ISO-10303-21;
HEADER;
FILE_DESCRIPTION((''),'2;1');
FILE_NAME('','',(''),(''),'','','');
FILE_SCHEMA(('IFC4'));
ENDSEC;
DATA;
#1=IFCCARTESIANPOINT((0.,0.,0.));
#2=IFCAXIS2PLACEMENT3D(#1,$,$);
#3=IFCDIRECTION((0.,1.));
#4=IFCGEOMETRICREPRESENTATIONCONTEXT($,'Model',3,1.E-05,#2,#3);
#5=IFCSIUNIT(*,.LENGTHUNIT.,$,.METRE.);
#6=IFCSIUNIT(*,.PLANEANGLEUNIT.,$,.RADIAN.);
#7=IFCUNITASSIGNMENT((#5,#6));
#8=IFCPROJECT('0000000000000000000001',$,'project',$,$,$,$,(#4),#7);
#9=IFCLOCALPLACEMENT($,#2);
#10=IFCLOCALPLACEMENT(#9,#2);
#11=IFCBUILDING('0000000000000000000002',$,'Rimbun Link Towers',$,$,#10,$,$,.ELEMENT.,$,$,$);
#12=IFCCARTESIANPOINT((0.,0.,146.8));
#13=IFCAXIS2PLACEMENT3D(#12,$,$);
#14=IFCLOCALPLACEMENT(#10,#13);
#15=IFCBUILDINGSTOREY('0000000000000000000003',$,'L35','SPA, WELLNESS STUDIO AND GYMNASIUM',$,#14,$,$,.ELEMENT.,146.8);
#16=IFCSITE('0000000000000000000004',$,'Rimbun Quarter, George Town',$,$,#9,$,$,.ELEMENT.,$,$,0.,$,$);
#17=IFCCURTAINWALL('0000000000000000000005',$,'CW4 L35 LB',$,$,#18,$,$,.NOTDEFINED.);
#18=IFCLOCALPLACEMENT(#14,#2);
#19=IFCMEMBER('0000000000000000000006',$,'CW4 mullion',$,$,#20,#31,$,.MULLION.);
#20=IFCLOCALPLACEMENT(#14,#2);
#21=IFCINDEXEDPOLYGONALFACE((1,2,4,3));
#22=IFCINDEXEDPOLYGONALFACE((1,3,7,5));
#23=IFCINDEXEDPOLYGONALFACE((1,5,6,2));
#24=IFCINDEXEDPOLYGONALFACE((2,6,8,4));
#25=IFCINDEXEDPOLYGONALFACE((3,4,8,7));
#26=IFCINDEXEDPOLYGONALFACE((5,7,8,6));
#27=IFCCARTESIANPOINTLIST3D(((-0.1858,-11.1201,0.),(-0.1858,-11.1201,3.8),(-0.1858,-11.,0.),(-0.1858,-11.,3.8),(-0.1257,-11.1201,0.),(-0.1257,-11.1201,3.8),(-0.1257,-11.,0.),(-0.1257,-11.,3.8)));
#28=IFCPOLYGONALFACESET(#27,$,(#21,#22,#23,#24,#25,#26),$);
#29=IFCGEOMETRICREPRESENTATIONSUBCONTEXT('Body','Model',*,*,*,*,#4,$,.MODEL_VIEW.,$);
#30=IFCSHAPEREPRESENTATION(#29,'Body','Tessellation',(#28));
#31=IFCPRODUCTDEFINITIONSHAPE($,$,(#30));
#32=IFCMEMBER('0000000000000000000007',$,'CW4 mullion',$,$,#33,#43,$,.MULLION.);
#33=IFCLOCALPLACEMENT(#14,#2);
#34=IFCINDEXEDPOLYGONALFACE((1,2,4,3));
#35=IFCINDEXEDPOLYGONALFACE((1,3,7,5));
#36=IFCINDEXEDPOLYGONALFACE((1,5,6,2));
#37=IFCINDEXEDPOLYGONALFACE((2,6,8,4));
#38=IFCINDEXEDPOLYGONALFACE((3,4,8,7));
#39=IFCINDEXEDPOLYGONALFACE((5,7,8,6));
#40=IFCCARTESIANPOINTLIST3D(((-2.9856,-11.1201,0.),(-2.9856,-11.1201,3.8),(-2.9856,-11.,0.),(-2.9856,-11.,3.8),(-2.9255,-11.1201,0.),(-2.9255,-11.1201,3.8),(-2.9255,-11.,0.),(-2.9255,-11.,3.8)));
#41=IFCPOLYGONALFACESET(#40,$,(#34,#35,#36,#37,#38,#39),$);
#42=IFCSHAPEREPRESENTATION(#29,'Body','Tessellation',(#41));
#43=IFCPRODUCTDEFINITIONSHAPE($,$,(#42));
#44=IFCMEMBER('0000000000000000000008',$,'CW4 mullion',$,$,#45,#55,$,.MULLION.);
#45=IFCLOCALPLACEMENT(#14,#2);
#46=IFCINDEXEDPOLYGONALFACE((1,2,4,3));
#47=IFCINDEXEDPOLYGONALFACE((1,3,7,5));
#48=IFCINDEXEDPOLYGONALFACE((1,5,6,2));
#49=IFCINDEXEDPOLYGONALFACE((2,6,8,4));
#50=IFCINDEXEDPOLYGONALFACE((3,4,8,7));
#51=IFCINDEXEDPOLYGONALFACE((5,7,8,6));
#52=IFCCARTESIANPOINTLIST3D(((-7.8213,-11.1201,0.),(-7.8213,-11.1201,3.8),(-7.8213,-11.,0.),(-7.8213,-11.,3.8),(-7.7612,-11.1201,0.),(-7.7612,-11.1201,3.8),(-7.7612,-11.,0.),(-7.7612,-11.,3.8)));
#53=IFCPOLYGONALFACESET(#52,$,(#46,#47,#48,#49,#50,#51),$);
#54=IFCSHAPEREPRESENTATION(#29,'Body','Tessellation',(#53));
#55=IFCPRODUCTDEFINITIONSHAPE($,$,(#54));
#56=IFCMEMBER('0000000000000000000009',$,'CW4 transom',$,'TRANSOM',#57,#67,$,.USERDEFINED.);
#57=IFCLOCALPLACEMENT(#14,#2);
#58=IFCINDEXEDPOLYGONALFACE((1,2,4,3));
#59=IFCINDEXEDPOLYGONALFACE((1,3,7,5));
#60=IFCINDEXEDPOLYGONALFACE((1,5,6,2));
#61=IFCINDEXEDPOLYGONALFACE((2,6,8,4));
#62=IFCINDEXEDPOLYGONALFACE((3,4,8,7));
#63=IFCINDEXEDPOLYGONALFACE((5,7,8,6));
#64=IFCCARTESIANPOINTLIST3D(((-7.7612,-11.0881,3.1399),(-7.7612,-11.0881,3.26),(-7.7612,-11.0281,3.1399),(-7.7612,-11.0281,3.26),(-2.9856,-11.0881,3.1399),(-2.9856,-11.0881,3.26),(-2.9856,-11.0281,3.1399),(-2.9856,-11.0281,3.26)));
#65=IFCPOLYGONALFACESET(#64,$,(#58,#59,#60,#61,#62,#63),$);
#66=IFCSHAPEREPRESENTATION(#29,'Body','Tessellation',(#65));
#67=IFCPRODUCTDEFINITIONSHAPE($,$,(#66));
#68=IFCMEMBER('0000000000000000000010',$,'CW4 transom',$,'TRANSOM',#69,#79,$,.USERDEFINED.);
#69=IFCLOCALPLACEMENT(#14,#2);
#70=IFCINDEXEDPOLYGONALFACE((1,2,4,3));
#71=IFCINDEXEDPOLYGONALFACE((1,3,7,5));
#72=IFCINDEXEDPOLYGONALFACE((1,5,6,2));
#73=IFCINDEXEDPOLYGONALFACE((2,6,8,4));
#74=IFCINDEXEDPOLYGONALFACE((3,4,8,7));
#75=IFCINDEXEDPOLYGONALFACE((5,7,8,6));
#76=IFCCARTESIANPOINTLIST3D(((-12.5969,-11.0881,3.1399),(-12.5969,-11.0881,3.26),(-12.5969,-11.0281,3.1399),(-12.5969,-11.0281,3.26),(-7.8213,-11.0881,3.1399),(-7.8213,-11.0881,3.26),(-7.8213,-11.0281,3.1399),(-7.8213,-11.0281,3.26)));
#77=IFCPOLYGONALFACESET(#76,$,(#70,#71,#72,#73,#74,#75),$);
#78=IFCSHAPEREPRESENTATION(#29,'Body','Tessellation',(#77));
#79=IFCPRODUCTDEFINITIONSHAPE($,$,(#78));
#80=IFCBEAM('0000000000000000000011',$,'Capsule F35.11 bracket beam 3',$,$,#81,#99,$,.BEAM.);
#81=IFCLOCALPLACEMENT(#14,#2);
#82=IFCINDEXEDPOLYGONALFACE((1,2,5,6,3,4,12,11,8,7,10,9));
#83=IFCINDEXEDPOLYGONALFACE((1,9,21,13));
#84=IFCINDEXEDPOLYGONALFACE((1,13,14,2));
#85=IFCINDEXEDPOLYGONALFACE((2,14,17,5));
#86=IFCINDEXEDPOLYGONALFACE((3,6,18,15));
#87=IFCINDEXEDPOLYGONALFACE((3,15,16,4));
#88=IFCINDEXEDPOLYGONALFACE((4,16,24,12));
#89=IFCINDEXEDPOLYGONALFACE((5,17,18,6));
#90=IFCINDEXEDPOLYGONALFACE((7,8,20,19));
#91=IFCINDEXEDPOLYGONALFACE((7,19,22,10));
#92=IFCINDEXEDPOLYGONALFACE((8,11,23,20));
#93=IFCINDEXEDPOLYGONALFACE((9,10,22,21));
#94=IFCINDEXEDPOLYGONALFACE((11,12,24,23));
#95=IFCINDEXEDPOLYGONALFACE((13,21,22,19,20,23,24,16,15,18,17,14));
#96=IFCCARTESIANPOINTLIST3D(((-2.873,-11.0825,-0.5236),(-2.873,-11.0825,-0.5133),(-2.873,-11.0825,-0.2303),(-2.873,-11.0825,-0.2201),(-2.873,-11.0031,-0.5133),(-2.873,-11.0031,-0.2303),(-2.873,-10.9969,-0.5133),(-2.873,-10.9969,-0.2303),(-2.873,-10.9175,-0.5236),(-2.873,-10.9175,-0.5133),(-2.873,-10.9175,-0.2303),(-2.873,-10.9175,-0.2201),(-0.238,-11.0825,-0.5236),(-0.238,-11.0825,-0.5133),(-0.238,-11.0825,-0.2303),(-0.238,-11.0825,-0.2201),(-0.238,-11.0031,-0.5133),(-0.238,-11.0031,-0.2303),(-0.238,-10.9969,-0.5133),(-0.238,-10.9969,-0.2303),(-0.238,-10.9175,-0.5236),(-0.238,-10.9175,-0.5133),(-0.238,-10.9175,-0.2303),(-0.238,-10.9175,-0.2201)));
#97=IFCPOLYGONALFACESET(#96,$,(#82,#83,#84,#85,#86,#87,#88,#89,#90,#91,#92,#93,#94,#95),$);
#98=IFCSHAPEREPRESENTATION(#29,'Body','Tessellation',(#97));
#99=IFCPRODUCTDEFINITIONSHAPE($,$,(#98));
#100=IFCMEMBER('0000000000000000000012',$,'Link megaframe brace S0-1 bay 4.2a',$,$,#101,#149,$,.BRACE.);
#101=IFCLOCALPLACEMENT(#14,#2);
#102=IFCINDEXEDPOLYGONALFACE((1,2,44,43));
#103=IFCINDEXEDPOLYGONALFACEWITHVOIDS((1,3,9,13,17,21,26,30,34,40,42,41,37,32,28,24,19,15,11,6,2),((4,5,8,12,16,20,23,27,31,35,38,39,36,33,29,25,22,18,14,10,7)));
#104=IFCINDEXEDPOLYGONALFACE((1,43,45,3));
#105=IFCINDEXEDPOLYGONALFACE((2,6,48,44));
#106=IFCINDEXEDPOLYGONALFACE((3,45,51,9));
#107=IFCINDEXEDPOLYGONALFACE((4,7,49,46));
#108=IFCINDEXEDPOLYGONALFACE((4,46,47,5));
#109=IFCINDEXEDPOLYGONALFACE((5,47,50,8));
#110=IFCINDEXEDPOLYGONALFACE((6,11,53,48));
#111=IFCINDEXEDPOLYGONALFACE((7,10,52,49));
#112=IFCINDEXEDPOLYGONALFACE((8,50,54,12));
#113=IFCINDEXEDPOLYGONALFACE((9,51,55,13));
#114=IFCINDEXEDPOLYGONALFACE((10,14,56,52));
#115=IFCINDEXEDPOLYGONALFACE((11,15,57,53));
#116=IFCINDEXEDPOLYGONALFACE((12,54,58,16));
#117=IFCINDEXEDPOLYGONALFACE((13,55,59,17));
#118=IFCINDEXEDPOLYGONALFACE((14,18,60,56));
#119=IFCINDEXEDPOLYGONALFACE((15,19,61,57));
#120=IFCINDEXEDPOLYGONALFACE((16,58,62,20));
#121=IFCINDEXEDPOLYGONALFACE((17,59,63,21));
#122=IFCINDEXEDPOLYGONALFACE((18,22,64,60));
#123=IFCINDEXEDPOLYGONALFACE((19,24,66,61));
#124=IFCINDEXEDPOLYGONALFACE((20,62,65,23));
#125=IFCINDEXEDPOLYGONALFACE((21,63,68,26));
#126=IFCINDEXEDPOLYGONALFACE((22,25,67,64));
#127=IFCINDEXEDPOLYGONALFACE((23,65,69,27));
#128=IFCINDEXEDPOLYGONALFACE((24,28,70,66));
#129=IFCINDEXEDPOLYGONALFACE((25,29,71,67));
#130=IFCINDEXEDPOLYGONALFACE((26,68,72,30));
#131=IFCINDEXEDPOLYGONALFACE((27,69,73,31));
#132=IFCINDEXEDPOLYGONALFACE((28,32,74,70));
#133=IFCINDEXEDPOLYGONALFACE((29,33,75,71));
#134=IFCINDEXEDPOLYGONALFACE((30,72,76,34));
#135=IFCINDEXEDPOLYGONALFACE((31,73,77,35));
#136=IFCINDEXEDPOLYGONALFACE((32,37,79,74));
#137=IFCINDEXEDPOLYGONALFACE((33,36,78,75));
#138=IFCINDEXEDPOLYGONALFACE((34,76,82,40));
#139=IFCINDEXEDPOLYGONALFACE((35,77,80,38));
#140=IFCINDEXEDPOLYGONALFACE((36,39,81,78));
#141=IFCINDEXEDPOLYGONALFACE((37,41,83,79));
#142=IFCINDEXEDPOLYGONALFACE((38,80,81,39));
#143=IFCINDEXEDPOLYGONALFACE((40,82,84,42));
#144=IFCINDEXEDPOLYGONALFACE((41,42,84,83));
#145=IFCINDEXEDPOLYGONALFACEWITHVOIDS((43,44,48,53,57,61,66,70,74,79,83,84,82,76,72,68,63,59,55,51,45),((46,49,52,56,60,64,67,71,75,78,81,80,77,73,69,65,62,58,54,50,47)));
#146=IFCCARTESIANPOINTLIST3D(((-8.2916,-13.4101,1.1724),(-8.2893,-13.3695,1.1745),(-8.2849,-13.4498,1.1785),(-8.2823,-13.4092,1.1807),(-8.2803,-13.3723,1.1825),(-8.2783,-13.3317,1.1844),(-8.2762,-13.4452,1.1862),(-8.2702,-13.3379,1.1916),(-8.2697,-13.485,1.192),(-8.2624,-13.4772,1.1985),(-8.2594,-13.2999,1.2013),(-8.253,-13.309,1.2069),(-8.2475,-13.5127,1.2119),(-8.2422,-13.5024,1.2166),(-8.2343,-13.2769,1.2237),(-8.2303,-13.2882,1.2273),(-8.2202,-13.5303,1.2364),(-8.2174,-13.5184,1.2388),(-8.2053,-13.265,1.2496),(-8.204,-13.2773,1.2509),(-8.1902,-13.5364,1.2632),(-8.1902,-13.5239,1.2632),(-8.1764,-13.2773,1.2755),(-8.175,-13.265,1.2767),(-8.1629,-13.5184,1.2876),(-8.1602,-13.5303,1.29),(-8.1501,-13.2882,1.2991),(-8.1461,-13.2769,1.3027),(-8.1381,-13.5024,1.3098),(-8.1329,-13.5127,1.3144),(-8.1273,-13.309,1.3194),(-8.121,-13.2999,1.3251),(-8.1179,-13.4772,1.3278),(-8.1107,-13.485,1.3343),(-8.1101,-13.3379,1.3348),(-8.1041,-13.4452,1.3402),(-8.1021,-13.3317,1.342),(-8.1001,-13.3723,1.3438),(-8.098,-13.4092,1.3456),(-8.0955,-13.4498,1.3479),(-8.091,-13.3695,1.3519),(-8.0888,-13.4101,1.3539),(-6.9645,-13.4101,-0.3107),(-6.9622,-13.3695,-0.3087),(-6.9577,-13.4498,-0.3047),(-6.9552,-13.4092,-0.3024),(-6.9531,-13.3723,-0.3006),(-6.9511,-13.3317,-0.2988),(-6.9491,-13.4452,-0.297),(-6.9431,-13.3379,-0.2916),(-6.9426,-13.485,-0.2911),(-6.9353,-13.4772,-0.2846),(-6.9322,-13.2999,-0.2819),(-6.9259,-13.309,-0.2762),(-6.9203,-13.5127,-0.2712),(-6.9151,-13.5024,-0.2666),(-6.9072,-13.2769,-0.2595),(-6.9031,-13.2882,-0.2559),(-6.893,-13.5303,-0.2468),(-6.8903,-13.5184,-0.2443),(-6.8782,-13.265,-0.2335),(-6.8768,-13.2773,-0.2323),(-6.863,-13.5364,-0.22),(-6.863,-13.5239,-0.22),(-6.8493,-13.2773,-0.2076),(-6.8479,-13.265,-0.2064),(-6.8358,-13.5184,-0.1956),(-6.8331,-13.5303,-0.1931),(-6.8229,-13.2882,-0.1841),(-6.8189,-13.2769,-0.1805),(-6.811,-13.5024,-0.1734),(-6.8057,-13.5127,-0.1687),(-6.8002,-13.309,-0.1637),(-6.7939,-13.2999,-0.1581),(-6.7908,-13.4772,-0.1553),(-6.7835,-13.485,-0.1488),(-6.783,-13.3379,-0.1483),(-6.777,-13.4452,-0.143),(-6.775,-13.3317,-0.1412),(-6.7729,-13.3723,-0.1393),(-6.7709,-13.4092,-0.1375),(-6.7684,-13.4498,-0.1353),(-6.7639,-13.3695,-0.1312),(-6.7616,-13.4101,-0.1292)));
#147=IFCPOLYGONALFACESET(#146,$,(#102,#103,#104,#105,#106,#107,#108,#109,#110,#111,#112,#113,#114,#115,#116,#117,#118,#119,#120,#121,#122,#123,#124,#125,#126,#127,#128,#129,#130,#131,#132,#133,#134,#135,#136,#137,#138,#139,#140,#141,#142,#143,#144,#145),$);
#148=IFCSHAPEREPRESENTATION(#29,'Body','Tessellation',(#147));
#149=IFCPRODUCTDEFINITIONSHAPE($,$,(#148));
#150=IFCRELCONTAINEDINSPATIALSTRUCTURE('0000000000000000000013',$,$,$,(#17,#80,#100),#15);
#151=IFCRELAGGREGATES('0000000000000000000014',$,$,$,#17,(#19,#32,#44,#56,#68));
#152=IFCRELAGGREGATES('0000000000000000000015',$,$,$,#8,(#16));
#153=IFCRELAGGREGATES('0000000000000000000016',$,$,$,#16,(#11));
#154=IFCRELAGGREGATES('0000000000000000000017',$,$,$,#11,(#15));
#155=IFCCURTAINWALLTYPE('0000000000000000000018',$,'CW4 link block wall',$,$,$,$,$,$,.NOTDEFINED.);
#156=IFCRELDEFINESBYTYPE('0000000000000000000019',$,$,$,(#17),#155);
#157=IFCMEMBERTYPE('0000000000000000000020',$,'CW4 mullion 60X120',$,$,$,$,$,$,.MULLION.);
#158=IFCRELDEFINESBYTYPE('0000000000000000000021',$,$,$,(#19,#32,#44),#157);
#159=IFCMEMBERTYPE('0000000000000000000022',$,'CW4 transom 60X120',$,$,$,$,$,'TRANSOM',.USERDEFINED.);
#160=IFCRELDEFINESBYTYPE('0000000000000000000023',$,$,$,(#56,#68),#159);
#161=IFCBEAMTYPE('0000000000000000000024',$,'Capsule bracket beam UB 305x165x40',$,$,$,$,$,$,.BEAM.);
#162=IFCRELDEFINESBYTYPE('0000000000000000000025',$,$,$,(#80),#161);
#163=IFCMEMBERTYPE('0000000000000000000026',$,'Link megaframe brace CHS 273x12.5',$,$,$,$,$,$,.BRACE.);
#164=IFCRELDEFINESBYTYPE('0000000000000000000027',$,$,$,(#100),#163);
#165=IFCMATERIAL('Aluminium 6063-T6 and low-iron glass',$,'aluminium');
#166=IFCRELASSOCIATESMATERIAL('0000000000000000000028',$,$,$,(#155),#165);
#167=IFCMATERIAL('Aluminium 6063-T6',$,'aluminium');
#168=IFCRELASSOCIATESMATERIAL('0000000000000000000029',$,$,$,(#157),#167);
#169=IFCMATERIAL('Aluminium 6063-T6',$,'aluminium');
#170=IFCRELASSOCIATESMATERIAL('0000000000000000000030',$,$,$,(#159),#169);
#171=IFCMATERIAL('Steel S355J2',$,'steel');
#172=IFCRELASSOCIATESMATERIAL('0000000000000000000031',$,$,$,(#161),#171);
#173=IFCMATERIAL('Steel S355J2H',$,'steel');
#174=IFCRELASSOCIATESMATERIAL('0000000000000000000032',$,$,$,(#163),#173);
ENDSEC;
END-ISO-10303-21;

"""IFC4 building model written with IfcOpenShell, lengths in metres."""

from ifc_helpers import new_model, si_unit, direction, frame, origin, origin_2d, place, context, subcontext, project, spatial, rectangle, hollow_circle, i_section, extrude, material, material_profile, profile_set, type_object, element, aggregate, save


model = new_model("IFC4")

# Units and contexts
model_context = context("Model", 3, precision=1e-05, world=origin(), true_north=direction((0.0, 1.0)))
body_context = subcontext(model_context, "Body", "Model", "MODEL_VIEW")
ifc_project = project(units=[si_unit("LENGTHUNIT", "METRE"), si_unit("PLANEANGLEUNIT", "RADIAN")], contexts=[model_context])

# Site, building, storey
site_placement = place(None, origin())
site = spatial("IfcSite", under=ifc_project, at=site_placement, Name="Rimbun Quarter, George Town", CompositionType="ELEMENT", RefElevation=0.0)
building_placement = place(site_placement, origin())
building = spatial("IfcBuilding", under=site, at=building_placement, Name="Rimbun Link Towers", CompositionType="ELEMENT")
storey_placement = place(building_placement, frame((0.0, 0.0, 146.8)))
storey = spatial("IfcBuildingStorey", under=building, at=storey_placement, Name="L35", Description="SPA, WELLNESS STUDIO AND GYMNASIUM", CompositionType="ELEMENT", Elevation=146.8)

# Curtain wall, members
ifc_material_1 = material(Name="Aluminium 6063-T6 and low-iron glass", Category="aluminium")
curtain_wall_type = type_object("IfcCurtainWallType", Name="CW4 link block wall", PredefinedType="NOTDEFINED", material=ifc_material_1)
curtain_wall_placement = place(storey_placement, origin())
curtain_wall = element("IfcCurtainWall", 1, at=curtain_wall_placement, inside=storey, type_object=curtain_wall_type, Name="CW4 L35 LB", PredefinedType="NOTDEFINED")
ifc_material_2 = material(Name="Aluminium 6063-T6", Category="aluminium")
ifc_material_profile_1 = material_profile(ifc_material_2, rectangle(XDim=0.1201, YDim=0.0601, at=origin_2d()), Name="MULLION 60X120")
ifc_profile_set_1 = profile_set([ifc_material_profile_1], Name="Aluminium 6063-T6")
member_type_1 = type_object("IfcMemberType", Name="CW4 mullion 60X120", PredefinedType="MULLION", material=ifc_profile_set_1)
member_1_placement = place(storey_placement, frame((-0.1558, -11.0601, 0.0), z_axis=(0.0, 0.0, 1.0), x_axis=(0.0, -1.0, 0.0)))
member_1 = element("IfcMember", 2, at=member_1_placement, type_object=member_type_1, Name="CW4 mullion", PredefinedType="MULLION", context=body_context, shape_type="SweptSolid", body=[
    extrude(rectangle(XDim=0.1201, YDim=0.0601, at=origin_2d()), origin(), (0.0, 0.0, 1.0), 3.8),
])
member_2_placement = place(storey_placement, frame((-2.9556, -11.0601, 0.0), z_axis=(0.0, 0.0, 1.0), x_axis=(0.0, -1.0, 0.0)))
member_2 = element("IfcMember", 3, at=member_2_placement, type_object=member_type_1, Name="CW4 mullion", PredefinedType="MULLION", context=body_context, shape_type="SweptSolid", body=[
    extrude(rectangle(XDim=0.1201, YDim=0.0601, at=origin_2d()), origin(), (0.0, 0.0, 1.0), 3.8),
])
member_3_placement = place(storey_placement, frame((-7.7913, -11.0601, 0.0), z_axis=(0.0, 0.0, 1.0), x_axis=(0.0, -1.0, 0.0)))
member_3 = element("IfcMember", 4, at=member_3_placement, type_object=member_type_1, Name="CW4 mullion", PredefinedType="MULLION", context=body_context, shape_type="SweptSolid", body=[
    extrude(rectangle(XDim=0.1201, YDim=0.0601, at=origin_2d()), origin(), (0.0, 0.0, 1.0), 3.8),
])
ifc_material_3 = material(Name="Aluminium 6063-T6", Category="aluminium")
ifc_material_profile_2 = material_profile(ifc_material_3, rectangle(XDim=0.0601, YDim=0.1201, at=origin_2d()), Name="TRANSOM 60X120")
ifc_profile_set_2 = profile_set([ifc_material_profile_2], Name="Aluminium 6063-T6")
member_type_2 = type_object("IfcMemberType", Name="CW4 transom 60X120", ElementType="TRANSOM", PredefinedType="USERDEFINED", material=ifc_profile_set_2)
member_4_placement = place(storey_placement, frame((-2.9856, -11.0581, 3.2), z_axis=(-1.0, 0.0, 0.0), x_axis=(0.0, -1.0, 0.0)))
member_4 = element("IfcMember", 5, at=member_4_placement, type_object=member_type_2, Name="CW4 transom", ObjectType="TRANSOM", PredefinedType="USERDEFINED", context=body_context, shape_type="SweptSolid", body=[
    extrude(rectangle(XDim=0.0601, YDim=0.1201, at=origin_2d()), origin(), (0.0, 0.0, 1.0), 4.7756),
])
member_5_placement = place(storey_placement, frame((-7.8213, -11.0581, 3.2), z_axis=(-1.0, 0.0, 0.0), x_axis=(0.0, -1.0, 0.0)))
member_5 = element("IfcMember", 6, at=member_5_placement, type_object=member_type_2, Name="CW4 transom", ObjectType="TRANSOM", PredefinedType="USERDEFINED", context=body_context, shape_type="SweptSolid", body=[
    extrude(rectangle(XDim=0.0601, YDim=0.1201, at=origin_2d()), origin(), (0.0, 0.0, 1.0), 4.7756),
])

# Beam
ifc_material_4 = material(Name="Steel S355J2", Category="steel")
ifc_material_profile_3 = material_profile(ifc_material_4, i_section(OverallWidth=0.165, OverallDepth=0.3035, WebThickness=0.0061, FlangeThickness=0.0103, at=origin_2d()), Name="UB 305x165x40")
ifc_profile_set_3 = profile_set([ifc_material_profile_3], Name="Steel S355J2")
beam_type_1 = type_object("IfcBeamType", Name="Capsule bracket beam UB 305x165x40", PredefinedType="BEAM", material=ifc_profile_set_3)
beam_placement = place(storey_placement, frame((-2.873, -11.0, -0.3718), z_axis=(1.0, 0.0, 0.0), x_axis=(0.0, 1.0, 0.0)))
element("IfcBeam", 7, at=beam_placement, inside=storey, type_object=beam_type_1, Name="Capsule F35.11 bracket beam 3", PredefinedType="BEAM", context=body_context, shape_type="SweptSolid", body=[
    extrude(i_section(OverallWidth=0.165, OverallDepth=0.3035, WebThickness=0.0061, FlangeThickness=0.0103, at=origin_2d()), origin(), (0.0, 0.0, 1.0), 2.635),
])

# Member
ifc_material_5 = material(Name="Steel S355J2H", Category="steel")
ifc_material_profile_4 = material_profile(ifc_material_5, hollow_circle(Radius=0.1365, WallThickness=0.0125, at=origin_2d()), Name="CHS 273x12.5")
ifc_profile_set_4 = profile_set([ifc_material_profile_4], Name="Steel S355J2H")
member_type_3 = type_object("IfcMemberType", Name="Link megaframe brace CHS 273x12.5", PredefinedType="BRACE", material=ifc_profile_set_4)
member_6_placement = place(storey_placement, frame((-6.863, -13.3999, -0.22), z_axis=(-0.666827, 0.0, 0.745212), x_axis=(0.0, -1.0, 0.0)))
element("IfcMember", 8, at=member_6_placement, inside=storey, type_object=member_type_3, Name="Link megaframe brace S0-1 bay 4.2a", PredefinedType="BRACE", context=body_context, shape_type="SweptSolid", body=[
    extrude(hollow_circle(Radius=0.1365, WallThickness=0.0125, at=origin_2d()), origin(), (0.0, 0.0, 1.0), 1.9902),
])

aggregate(curtain_wall, [member_1, member_2, member_3, member_4, member_5])

save(model, "model.ifc")
